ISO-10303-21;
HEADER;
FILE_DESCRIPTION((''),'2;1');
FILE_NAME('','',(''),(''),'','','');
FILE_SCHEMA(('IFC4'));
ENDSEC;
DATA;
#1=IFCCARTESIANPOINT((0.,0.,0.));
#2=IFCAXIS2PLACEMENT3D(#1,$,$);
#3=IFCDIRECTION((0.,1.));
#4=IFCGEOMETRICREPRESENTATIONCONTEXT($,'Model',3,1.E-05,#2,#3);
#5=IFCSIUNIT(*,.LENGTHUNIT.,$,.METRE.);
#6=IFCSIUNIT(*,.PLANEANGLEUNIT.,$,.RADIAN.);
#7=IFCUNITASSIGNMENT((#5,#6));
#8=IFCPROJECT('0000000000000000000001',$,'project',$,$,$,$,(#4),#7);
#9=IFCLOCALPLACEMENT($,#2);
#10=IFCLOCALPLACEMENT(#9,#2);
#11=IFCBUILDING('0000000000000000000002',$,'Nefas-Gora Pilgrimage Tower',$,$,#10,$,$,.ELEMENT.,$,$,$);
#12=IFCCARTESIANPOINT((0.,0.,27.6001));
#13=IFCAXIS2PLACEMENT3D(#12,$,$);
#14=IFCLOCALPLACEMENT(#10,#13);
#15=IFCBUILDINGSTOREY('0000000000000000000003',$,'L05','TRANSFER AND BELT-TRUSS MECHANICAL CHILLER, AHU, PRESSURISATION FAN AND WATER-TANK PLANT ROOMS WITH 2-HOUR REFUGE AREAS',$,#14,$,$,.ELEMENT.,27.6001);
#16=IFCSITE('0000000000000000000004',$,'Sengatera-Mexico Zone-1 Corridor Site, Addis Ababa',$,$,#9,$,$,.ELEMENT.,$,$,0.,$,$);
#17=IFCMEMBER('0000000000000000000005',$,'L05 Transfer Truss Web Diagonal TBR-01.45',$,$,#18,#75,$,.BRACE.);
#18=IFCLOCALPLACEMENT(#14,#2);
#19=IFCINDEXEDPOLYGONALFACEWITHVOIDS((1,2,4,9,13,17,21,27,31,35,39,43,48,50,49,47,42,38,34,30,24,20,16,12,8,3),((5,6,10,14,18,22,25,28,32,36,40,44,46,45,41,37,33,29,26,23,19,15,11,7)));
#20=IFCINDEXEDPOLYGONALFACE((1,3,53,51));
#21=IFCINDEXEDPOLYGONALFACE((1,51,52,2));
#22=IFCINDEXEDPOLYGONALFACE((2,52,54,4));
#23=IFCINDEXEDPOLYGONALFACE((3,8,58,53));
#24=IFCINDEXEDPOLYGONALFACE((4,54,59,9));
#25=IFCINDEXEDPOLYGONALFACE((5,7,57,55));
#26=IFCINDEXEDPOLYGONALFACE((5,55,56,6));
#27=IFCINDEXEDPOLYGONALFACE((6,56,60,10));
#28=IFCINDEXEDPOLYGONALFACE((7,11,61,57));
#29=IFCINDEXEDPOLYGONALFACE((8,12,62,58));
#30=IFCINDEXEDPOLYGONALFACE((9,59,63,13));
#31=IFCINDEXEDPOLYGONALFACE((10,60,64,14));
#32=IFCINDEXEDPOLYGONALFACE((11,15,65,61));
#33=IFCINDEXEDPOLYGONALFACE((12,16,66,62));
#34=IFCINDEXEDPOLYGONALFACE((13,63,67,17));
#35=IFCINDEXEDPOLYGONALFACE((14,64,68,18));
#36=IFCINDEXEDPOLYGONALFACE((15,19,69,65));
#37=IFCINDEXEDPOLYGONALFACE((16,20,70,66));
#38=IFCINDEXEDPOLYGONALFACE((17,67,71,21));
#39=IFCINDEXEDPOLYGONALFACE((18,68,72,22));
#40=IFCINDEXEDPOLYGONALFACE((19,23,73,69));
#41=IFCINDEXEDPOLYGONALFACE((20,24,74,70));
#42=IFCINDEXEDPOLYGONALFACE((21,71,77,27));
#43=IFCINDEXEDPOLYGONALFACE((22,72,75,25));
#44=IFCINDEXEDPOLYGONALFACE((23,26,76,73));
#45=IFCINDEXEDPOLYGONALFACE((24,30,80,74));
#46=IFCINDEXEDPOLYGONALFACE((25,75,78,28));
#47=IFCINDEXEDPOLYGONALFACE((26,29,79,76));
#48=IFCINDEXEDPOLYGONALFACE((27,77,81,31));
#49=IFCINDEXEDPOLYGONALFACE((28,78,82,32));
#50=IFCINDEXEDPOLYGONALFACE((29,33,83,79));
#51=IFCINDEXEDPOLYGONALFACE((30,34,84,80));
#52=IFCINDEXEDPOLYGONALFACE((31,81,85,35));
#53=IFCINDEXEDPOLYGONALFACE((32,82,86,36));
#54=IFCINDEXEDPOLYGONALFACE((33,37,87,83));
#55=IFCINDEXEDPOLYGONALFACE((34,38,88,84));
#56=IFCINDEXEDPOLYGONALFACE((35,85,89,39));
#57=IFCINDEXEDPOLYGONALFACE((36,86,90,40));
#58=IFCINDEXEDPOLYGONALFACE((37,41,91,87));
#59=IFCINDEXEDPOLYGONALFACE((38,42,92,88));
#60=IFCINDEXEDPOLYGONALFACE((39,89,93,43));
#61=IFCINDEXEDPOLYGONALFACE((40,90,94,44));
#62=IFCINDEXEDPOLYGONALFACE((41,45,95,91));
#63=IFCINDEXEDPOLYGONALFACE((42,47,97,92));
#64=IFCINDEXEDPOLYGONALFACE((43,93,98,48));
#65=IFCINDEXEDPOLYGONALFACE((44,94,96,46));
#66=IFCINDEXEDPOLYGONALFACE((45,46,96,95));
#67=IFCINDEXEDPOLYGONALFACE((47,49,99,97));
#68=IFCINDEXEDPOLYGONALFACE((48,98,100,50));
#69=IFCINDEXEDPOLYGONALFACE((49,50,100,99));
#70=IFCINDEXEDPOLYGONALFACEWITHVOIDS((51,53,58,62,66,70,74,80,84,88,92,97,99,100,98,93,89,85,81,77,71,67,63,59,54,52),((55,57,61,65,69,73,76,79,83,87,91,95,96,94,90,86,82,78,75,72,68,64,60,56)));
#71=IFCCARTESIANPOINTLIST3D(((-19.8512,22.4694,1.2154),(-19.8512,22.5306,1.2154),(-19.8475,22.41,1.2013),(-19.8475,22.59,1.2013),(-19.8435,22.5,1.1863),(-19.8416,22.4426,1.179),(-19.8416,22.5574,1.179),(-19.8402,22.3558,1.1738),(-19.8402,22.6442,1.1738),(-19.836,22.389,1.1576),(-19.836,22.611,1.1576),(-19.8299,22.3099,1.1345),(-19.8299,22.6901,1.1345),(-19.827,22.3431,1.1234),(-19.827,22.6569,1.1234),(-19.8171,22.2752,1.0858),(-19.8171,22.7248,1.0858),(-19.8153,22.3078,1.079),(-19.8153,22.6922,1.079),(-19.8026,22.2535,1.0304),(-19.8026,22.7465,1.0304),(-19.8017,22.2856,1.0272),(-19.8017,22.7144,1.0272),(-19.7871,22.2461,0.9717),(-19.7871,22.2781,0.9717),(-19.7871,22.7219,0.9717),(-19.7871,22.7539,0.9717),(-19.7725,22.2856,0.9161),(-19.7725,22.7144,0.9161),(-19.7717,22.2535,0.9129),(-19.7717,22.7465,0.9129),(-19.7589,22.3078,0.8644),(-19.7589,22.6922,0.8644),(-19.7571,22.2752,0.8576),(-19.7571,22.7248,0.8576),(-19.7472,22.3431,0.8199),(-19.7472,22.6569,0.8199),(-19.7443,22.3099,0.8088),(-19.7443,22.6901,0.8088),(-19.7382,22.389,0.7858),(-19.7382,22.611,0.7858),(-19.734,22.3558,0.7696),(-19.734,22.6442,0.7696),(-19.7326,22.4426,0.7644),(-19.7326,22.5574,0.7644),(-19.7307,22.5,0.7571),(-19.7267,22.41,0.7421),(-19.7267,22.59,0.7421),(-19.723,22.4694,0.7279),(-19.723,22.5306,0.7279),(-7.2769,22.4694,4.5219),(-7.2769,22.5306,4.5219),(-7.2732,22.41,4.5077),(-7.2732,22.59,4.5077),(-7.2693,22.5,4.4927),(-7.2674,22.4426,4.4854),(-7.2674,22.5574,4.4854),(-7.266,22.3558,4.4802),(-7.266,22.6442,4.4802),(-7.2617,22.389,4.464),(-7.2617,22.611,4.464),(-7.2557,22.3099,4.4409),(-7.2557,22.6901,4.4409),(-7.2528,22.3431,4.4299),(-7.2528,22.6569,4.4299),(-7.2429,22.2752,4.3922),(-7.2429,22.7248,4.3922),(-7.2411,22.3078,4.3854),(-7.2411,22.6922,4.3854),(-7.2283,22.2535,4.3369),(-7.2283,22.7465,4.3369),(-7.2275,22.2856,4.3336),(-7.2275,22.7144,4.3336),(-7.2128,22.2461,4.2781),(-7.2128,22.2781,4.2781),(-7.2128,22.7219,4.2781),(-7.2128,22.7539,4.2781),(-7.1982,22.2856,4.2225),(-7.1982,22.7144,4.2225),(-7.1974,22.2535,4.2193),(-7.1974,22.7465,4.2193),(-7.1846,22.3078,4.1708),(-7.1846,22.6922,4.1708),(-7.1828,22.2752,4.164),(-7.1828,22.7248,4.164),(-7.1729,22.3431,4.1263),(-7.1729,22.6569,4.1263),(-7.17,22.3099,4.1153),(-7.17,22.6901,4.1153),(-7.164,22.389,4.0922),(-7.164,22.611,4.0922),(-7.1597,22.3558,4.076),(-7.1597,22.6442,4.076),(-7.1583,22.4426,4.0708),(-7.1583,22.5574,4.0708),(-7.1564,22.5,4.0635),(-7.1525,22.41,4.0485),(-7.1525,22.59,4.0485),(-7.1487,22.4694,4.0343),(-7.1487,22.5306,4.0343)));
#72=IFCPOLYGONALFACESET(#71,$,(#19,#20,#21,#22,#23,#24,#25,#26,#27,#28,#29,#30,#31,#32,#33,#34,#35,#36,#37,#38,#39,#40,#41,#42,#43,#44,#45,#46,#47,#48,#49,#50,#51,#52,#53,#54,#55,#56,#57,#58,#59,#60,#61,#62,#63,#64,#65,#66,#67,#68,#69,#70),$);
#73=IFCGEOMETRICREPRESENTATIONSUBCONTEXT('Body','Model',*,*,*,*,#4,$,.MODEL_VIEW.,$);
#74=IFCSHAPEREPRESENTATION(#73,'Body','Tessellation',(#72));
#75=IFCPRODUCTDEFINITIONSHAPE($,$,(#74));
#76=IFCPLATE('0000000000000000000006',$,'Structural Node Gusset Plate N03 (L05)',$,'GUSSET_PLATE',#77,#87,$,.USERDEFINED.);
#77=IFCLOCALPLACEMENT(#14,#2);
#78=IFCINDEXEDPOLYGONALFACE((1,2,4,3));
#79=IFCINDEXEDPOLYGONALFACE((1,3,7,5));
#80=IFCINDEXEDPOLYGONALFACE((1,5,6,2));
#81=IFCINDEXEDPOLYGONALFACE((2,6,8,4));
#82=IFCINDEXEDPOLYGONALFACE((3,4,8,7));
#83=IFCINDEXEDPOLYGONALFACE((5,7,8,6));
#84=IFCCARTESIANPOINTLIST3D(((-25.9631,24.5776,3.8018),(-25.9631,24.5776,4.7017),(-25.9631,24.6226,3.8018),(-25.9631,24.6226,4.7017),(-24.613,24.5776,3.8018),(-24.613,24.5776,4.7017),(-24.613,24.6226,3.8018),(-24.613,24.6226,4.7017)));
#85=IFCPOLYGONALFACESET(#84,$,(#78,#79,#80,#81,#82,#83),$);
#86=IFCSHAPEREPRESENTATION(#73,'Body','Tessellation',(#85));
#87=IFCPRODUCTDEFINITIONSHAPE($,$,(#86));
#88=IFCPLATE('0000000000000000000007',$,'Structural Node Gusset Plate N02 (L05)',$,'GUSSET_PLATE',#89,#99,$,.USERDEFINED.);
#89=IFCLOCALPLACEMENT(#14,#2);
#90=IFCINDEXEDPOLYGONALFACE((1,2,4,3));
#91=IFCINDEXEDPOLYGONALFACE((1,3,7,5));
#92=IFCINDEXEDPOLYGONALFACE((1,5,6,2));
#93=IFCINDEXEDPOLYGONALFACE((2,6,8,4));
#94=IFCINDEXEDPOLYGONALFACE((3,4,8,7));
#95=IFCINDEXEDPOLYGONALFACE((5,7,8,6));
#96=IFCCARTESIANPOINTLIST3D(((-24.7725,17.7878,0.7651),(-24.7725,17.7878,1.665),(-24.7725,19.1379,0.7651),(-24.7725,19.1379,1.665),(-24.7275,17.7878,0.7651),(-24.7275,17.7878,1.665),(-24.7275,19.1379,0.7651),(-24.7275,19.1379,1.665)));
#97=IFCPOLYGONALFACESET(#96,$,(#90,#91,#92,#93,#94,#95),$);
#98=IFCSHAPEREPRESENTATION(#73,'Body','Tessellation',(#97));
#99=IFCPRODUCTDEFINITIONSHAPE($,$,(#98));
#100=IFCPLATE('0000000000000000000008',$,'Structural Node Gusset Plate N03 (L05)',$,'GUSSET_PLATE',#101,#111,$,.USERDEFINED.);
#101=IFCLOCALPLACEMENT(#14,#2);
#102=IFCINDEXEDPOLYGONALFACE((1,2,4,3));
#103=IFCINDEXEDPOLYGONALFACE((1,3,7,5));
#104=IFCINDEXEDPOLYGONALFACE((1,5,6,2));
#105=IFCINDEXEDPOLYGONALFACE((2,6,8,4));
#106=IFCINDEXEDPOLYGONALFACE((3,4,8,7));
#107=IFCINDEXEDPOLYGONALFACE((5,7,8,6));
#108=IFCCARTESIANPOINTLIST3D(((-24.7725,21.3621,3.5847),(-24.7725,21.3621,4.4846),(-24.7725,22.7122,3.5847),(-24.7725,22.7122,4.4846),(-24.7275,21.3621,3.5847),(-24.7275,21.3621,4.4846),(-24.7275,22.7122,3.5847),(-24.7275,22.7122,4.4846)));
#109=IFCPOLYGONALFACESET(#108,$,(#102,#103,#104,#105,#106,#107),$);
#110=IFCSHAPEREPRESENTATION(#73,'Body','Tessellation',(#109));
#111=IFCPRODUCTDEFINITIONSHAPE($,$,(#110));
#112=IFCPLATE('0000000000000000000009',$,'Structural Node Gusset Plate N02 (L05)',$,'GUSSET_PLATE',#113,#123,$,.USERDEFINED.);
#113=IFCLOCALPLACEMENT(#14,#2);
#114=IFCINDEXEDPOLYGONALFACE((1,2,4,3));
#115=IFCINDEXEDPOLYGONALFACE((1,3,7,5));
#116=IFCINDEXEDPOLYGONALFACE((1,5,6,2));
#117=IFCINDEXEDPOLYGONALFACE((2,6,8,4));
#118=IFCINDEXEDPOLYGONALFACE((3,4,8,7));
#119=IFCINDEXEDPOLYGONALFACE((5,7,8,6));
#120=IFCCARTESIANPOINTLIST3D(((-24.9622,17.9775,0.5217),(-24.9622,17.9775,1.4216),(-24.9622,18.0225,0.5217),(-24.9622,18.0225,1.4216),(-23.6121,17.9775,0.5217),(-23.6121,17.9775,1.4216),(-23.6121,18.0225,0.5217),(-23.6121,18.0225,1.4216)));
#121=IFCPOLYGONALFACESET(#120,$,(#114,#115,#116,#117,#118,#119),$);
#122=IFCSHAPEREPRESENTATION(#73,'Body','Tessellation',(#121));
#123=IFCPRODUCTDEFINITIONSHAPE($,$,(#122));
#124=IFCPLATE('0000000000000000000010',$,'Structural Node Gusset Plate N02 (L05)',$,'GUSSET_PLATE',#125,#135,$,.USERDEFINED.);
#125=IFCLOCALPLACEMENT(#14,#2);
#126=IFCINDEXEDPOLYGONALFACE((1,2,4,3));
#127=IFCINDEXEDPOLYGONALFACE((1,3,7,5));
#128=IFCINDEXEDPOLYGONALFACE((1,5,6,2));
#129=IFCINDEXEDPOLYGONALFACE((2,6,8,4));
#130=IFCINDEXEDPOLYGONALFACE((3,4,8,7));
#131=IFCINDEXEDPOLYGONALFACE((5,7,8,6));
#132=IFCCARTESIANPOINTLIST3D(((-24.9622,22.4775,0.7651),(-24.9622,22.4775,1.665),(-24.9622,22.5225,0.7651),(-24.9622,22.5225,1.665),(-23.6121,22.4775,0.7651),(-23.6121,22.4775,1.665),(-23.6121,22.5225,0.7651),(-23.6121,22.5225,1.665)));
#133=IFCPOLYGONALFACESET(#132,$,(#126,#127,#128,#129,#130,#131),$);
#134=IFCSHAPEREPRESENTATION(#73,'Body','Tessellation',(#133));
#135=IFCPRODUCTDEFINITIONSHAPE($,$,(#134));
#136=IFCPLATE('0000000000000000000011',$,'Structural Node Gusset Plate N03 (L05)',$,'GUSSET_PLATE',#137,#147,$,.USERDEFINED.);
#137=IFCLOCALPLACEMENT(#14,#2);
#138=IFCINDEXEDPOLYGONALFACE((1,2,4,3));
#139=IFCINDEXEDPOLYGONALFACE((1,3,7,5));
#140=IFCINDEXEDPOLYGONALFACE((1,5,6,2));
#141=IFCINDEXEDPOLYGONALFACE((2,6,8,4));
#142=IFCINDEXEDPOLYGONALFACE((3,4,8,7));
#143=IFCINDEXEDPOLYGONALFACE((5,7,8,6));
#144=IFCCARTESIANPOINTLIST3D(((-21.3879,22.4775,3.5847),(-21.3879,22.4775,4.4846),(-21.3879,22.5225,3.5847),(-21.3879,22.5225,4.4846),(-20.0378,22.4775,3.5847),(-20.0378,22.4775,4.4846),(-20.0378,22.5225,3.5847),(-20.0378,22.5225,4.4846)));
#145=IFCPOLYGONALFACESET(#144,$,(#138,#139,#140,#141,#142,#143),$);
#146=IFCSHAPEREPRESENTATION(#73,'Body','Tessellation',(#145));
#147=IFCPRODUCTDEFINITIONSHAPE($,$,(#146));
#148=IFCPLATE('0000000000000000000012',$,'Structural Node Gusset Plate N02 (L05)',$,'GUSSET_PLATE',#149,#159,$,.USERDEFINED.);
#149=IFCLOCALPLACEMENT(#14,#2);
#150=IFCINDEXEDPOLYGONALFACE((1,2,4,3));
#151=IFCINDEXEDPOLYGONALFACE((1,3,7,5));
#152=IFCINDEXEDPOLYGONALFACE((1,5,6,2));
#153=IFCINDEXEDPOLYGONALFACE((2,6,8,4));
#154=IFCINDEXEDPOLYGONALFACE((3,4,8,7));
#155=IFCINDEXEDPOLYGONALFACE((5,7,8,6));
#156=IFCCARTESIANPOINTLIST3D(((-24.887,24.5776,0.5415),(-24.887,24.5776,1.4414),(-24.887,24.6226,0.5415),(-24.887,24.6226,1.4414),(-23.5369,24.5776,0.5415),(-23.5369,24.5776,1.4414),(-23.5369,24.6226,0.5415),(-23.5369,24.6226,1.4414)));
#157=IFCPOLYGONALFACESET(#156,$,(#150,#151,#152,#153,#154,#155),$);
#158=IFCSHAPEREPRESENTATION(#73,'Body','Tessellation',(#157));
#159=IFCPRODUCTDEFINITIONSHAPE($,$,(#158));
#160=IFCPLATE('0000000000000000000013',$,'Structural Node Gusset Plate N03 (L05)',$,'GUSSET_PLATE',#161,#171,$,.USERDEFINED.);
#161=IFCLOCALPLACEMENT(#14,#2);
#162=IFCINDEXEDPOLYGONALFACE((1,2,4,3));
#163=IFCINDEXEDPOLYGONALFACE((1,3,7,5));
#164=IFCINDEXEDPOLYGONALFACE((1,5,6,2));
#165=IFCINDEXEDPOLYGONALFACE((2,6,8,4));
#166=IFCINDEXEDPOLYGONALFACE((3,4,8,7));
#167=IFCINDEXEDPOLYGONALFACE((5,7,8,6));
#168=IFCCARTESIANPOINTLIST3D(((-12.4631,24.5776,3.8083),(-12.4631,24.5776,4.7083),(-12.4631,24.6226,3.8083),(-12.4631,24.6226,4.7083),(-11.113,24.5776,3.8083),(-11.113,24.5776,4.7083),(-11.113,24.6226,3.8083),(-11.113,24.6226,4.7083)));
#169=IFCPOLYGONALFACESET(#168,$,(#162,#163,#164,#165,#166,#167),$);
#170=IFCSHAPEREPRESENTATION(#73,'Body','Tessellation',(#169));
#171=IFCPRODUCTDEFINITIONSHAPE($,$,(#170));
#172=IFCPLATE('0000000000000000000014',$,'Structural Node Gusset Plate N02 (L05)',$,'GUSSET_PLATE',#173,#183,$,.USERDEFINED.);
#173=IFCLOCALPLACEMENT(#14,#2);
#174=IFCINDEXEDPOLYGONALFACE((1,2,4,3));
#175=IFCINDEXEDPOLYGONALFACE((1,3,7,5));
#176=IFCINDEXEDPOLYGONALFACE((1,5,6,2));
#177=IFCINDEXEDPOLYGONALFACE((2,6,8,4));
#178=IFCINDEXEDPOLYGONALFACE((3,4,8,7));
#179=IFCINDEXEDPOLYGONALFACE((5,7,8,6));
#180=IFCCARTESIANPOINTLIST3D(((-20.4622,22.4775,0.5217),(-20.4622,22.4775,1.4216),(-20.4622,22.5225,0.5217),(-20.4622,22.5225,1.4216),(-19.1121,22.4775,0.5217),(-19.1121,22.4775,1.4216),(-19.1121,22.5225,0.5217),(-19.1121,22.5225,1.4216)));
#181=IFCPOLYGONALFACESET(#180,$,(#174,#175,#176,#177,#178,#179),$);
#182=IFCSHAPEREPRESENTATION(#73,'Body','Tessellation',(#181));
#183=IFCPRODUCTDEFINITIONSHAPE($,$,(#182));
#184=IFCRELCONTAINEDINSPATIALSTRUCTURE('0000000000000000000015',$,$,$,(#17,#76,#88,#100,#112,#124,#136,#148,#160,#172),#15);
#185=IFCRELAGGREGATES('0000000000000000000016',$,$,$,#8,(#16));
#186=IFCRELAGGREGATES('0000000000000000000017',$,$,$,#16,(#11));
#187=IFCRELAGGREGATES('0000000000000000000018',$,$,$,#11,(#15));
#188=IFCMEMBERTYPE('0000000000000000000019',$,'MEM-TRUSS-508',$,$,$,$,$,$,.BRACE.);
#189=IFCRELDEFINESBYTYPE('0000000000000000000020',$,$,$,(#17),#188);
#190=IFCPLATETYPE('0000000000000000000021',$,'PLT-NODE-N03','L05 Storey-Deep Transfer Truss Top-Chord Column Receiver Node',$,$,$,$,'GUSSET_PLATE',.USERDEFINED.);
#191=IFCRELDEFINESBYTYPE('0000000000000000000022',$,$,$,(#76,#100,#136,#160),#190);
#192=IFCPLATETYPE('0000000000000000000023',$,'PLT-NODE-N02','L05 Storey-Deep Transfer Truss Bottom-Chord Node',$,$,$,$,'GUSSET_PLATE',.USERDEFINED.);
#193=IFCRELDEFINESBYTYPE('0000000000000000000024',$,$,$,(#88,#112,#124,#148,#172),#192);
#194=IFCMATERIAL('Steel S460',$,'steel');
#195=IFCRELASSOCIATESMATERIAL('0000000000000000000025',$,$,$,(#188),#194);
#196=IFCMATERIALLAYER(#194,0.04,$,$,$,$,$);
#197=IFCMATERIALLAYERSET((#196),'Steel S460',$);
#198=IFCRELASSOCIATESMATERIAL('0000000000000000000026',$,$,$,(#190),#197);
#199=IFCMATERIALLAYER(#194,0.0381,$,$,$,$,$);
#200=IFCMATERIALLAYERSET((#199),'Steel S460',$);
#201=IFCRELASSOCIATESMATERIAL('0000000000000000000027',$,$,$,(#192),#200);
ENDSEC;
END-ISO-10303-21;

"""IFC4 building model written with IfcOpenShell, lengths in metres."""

from ifc_helpers import new_model, si_unit, direction, frame, origin, origin_2d, place, context, subcontext, project, spatial, rectangle, hollow_circle, extrude, source, transform, mapped, material, layer, layer_set, material_profile, profile_set, type_object, element, save


model = new_model("IFC4")

# Units and contexts
model_context = context("Model", 3, precision=1e-05, world=origin(), true_north=direction((0.0, 1.0)))
body_context = subcontext(model_context, "Body", "Model", "MODEL_VIEW")
ifc_project = project(units=[si_unit("LENGTHUNIT", "METRE"), si_unit("PLANEANGLEUNIT", "RADIAN")], contexts=[model_context])

# Site, building, storey
site_placement = place(None, origin())
site = spatial("IfcSite", under=ifc_project, at=site_placement, Name="Sengatera-Mexico Zone-1 Corridor Site, Addis Ababa", CompositionType="ELEMENT", RefElevation=0.0)
building_placement = place(site_placement, origin())
building = spatial("IfcBuilding", under=site, at=building_placement, Name="Nefas-Gora Pilgrimage Tower", CompositionType="ELEMENT")
storey_placement = place(building_placement, frame((0.0, 0.0, 27.6001)))
storey = spatial("IfcBuildingStorey", under=building, at=storey_placement, Name="L05", Description="TRANSFER AND BELT-TRUSS MECHANICAL CHILLER, AHU, PRESSURISATION FAN AND WATER-TANK PLANT ROOMS WITH 2-HOUR REFUGE AREAS", CompositionType="ELEMENT", Elevation=27.6001)

# Shared definitions
ifc_material = material(Name="Steel S460", Category="steel")

# Shared definitions
ifc_material_profile_1 = material_profile(ifc_material, hollow_circle(Radius=0.2539, WallThickness=0.032, at=origin_2d()), Name="CHS 508x32")
ifc_profile_set_1 = profile_set([ifc_material_profile_1], Name="Steel S460")
member_type = type_object("IfcMemberType", Name="MEM-TRUSS-508", PredefinedType="BRACE", material=ifc_profile_set_1)

# Member
shared_shape_1 = source(origin(), body_context, "Body", "SweptSolid", [
    extrude(hollow_circle(Radius=0.2539, WallThickness=0.032, at=origin_2d()), origin(), (0.0, 0.0, 1.0), 13.0017),
])
for number, where, z_axis, x_axis, name in (
    (1, (-19.7871, 22.5, 0.9717), (0.967124, 0.0, 0.254306), (0.0, 1.0, 0.0), "L05 Transfer Truss Web Diagonal TBR-01.45"),
):
    element("IfcMember", number, at=place(storey_placement, frame(where, z_axis=z_axis, x_axis=x_axis)), inside=storey, type_object=member_type, Name=name, PredefinedType="BRACE", context=body_context, shape_type="MappedRepresentation", body=[
        mapped(shared_shape_1, transform((0.0, 0.0, 0.0), x_axis=(1.0, 0.0, 0.0), y_axis=(0.0, 1.0, 0.0), z_axis=(0.0, 0.0, 1.0), scale=1.0)),
    ])

# Plates
ifc_layer_1 = layer(ifc_material, 0.04)
ifc_layer_set_1 = layer_set([ifc_layer_1], Name="Steel S460")
plate_type_1 = type_object("IfcPlateType", Name="PLT-NODE-N03", Description="L05 Storey-Deep Transfer Truss Top-Chord Column Receiver Node", ElementType="GUSSET_PLATE", PredefinedType="USERDEFINED", material=ifc_layer_set_1)
shared_shape_2 = source(origin(), body_context, "Body", "SweptSolid", [
    extrude(rectangle(XDim=1.3501, YDim=0.0449, at=origin_2d()), origin(), (0.0, 0.0, 1.0), 0.8999),
])
plate_1_placement = place(storey_placement, frame((-25.2881, 24.6001, 3.8018), z_axis=(0.0, 0.0, 1.0), x_axis=(1.0, 0.0, 0.0)))
element("IfcPlate", 2, at=plate_1_placement, inside=storey, type_object=plate_type_1, Name="Structural Node Gusset Plate N03 (L05)", ObjectType="GUSSET_PLATE", PredefinedType="USERDEFINED", context=body_context, shape_type="MappedRepresentation", body=[
    mapped(shared_shape_2, transform((0.0, 0.0, 0.0), x_axis=(1.0, 0.0, 0.0), y_axis=(0.0, 1.0, 0.0), z_axis=(0.0, 0.0, 1.0), scale=1.0)),
])
ifc_layer_2 = layer(ifc_material, 0.0381)
ifc_layer_set_2 = layer_set([ifc_layer_2], Name="Steel S460")
plate_type_2 = type_object("IfcPlateType", Name="PLT-NODE-N02", Description="L05 Storey-Deep Transfer Truss Bottom-Chord Node", ElementType="GUSSET_PLATE", PredefinedType="USERDEFINED", material=ifc_layer_set_2)
plate_2_placement = place(storey_placement, frame((-24.75, 18.4629, 0.7651), z_axis=(0.0, 0.0, 1.0), x_axis=(0.0, 1.0, 0.0)))
element("IfcPlate", 3, at=plate_2_placement, inside=storey, type_object=plate_type_2, Name="Structural Node Gusset Plate N02 (L05)", ObjectType="GUSSET_PLATE", PredefinedType="USERDEFINED", context=body_context, shape_type="MappedRepresentation", body=[
    mapped(shared_shape_2, transform((0.0, 0.0, 0.0), x_axis=(1.0, 0.0, 0.0), y_axis=(0.0, 1.0, 0.0), z_axis=(0.0, 0.0, 1.0), scale=1.0)),
])
plate_3_placement = place(storey_placement, frame((-24.75, 22.0371, 3.5847), z_axis=(0.0, 0.0, 1.0), x_axis=(0.0, 1.0, 0.0)))
element("IfcPlate", 4, at=plate_3_placement, inside=storey, type_object=plate_type_1, Name="Structural Node Gusset Plate N03 (L05)", ObjectType="GUSSET_PLATE", PredefinedType="USERDEFINED", context=body_context, shape_type="MappedRepresentation", body=[
    mapped(shared_shape_2, transform((0.0, 0.0, 0.0), x_axis=(1.0, 0.0, 0.0), y_axis=(0.0, 1.0, 0.0), z_axis=(0.0, 0.0, 1.0), scale=1.0)),
])
for number, where, z_axis, x_axis, name in (
    (5, (-24.2871, 18.0, 0.5217), (0.0, 0.0, 1.0), (1.0, 0.0, 0.0), "Structural Node Gusset Plate N02 (L05)"),
    (6, (-24.2871, 22.5, 0.7651), (0.0, 0.0, 1.0), (1.0, 0.0, 0.0), "Structural Node Gusset Plate N02 (L05)"),
):
    element("IfcPlate", number, at=place(storey_placement, frame(where, z_axis=z_axis, x_axis=x_axis)), inside=storey, type_object=plate_type_2, Name=name, ObjectType="GUSSET_PLATE", PredefinedType="USERDEFINED", context=body_context, shape_type="MappedRepresentation", body=[
        mapped(shared_shape_2, transform((0.0, 0.0, 0.0), x_axis=(1.0, 0.0, 0.0), y_axis=(0.0, 1.0, 0.0), z_axis=(0.0, 0.0, 1.0), scale=1.0)),
    ])
plate_4_placement = place(storey_placement, frame((-20.7129, 22.5, 3.5847), z_axis=(0.0, 0.0, 1.0), x_axis=(1.0, 0.0, 0.0)))
element("IfcPlate", 7, at=plate_4_placement, inside=storey, type_object=plate_type_1, Name="Structural Node Gusset Plate N03 (L05)", ObjectType="GUSSET_PLATE", PredefinedType="USERDEFINED", context=body_context, shape_type="MappedRepresentation", body=[
    mapped(shared_shape_2, transform((0.0, 0.0, 0.0), x_axis=(1.0, 0.0, 0.0), y_axis=(0.0, 1.0, 0.0), z_axis=(0.0, 0.0, 1.0), scale=1.0)),
])
plate_5_placement = place(storey_placement, frame((-24.2119, 24.6001, 0.5415), z_axis=(0.0, 0.0, 1.0), x_axis=(1.0, 0.0, 0.0)))
element("IfcPlate", 8, at=plate_5_placement, inside=storey, type_object=plate_type_2, Name="Structural Node Gusset Plate N02 (L05)", ObjectType="GUSSET_PLATE", PredefinedType="USERDEFINED", context=body_context, shape_type="MappedRepresentation", body=[
    mapped(shared_shape_2, transform((0.0, 0.0, 0.0), x_axis=(1.0, 0.0, 0.0), y_axis=(0.0, 1.0, 0.0), z_axis=(0.0, 0.0, 1.0), scale=1.0)),
])
plate_6_placement = place(storey_placement, frame((-11.7881, 24.6001, 3.8083), z_axis=(0.0, 0.0, 1.0), x_axis=(1.0, 0.0, 0.0)))
element("IfcPlate", 9, at=plate_6_placement, inside=storey, type_object=plate_type_1, Name="Structural Node Gusset Plate N03 (L05)", ObjectType="GUSSET_PLATE", PredefinedType="USERDEFINED", context=body_context, shape_type="MappedRepresentation", body=[
    mapped(shared_shape_2, transform((0.0, 0.0, 0.0), x_axis=(1.0, 0.0, 0.0), y_axis=(0.0, 1.0, 0.0), z_axis=(0.0, 0.0, 1.0), scale=1.0)),
])
plate_7_placement = place(storey_placement, frame((-19.7871, 22.5, 0.5217), z_axis=(0.0, 0.0, 1.0), x_axis=(1.0, 0.0, 0.0)))
element("IfcPlate", 10, at=plate_7_placement, inside=storey, type_object=plate_type_2, Name="Structural Node Gusset Plate N02 (L05)", ObjectType="GUSSET_PLATE", PredefinedType="USERDEFINED", context=body_context, shape_type="MappedRepresentation", body=[
    mapped(shared_shape_2, transform((0.0, 0.0, 0.0), x_axis=(1.0, 0.0, 0.0), y_axis=(0.0, 1.0, 0.0), z_axis=(0.0, 0.0, 1.0), scale=1.0)),
])

save(model, "model.ifc")
